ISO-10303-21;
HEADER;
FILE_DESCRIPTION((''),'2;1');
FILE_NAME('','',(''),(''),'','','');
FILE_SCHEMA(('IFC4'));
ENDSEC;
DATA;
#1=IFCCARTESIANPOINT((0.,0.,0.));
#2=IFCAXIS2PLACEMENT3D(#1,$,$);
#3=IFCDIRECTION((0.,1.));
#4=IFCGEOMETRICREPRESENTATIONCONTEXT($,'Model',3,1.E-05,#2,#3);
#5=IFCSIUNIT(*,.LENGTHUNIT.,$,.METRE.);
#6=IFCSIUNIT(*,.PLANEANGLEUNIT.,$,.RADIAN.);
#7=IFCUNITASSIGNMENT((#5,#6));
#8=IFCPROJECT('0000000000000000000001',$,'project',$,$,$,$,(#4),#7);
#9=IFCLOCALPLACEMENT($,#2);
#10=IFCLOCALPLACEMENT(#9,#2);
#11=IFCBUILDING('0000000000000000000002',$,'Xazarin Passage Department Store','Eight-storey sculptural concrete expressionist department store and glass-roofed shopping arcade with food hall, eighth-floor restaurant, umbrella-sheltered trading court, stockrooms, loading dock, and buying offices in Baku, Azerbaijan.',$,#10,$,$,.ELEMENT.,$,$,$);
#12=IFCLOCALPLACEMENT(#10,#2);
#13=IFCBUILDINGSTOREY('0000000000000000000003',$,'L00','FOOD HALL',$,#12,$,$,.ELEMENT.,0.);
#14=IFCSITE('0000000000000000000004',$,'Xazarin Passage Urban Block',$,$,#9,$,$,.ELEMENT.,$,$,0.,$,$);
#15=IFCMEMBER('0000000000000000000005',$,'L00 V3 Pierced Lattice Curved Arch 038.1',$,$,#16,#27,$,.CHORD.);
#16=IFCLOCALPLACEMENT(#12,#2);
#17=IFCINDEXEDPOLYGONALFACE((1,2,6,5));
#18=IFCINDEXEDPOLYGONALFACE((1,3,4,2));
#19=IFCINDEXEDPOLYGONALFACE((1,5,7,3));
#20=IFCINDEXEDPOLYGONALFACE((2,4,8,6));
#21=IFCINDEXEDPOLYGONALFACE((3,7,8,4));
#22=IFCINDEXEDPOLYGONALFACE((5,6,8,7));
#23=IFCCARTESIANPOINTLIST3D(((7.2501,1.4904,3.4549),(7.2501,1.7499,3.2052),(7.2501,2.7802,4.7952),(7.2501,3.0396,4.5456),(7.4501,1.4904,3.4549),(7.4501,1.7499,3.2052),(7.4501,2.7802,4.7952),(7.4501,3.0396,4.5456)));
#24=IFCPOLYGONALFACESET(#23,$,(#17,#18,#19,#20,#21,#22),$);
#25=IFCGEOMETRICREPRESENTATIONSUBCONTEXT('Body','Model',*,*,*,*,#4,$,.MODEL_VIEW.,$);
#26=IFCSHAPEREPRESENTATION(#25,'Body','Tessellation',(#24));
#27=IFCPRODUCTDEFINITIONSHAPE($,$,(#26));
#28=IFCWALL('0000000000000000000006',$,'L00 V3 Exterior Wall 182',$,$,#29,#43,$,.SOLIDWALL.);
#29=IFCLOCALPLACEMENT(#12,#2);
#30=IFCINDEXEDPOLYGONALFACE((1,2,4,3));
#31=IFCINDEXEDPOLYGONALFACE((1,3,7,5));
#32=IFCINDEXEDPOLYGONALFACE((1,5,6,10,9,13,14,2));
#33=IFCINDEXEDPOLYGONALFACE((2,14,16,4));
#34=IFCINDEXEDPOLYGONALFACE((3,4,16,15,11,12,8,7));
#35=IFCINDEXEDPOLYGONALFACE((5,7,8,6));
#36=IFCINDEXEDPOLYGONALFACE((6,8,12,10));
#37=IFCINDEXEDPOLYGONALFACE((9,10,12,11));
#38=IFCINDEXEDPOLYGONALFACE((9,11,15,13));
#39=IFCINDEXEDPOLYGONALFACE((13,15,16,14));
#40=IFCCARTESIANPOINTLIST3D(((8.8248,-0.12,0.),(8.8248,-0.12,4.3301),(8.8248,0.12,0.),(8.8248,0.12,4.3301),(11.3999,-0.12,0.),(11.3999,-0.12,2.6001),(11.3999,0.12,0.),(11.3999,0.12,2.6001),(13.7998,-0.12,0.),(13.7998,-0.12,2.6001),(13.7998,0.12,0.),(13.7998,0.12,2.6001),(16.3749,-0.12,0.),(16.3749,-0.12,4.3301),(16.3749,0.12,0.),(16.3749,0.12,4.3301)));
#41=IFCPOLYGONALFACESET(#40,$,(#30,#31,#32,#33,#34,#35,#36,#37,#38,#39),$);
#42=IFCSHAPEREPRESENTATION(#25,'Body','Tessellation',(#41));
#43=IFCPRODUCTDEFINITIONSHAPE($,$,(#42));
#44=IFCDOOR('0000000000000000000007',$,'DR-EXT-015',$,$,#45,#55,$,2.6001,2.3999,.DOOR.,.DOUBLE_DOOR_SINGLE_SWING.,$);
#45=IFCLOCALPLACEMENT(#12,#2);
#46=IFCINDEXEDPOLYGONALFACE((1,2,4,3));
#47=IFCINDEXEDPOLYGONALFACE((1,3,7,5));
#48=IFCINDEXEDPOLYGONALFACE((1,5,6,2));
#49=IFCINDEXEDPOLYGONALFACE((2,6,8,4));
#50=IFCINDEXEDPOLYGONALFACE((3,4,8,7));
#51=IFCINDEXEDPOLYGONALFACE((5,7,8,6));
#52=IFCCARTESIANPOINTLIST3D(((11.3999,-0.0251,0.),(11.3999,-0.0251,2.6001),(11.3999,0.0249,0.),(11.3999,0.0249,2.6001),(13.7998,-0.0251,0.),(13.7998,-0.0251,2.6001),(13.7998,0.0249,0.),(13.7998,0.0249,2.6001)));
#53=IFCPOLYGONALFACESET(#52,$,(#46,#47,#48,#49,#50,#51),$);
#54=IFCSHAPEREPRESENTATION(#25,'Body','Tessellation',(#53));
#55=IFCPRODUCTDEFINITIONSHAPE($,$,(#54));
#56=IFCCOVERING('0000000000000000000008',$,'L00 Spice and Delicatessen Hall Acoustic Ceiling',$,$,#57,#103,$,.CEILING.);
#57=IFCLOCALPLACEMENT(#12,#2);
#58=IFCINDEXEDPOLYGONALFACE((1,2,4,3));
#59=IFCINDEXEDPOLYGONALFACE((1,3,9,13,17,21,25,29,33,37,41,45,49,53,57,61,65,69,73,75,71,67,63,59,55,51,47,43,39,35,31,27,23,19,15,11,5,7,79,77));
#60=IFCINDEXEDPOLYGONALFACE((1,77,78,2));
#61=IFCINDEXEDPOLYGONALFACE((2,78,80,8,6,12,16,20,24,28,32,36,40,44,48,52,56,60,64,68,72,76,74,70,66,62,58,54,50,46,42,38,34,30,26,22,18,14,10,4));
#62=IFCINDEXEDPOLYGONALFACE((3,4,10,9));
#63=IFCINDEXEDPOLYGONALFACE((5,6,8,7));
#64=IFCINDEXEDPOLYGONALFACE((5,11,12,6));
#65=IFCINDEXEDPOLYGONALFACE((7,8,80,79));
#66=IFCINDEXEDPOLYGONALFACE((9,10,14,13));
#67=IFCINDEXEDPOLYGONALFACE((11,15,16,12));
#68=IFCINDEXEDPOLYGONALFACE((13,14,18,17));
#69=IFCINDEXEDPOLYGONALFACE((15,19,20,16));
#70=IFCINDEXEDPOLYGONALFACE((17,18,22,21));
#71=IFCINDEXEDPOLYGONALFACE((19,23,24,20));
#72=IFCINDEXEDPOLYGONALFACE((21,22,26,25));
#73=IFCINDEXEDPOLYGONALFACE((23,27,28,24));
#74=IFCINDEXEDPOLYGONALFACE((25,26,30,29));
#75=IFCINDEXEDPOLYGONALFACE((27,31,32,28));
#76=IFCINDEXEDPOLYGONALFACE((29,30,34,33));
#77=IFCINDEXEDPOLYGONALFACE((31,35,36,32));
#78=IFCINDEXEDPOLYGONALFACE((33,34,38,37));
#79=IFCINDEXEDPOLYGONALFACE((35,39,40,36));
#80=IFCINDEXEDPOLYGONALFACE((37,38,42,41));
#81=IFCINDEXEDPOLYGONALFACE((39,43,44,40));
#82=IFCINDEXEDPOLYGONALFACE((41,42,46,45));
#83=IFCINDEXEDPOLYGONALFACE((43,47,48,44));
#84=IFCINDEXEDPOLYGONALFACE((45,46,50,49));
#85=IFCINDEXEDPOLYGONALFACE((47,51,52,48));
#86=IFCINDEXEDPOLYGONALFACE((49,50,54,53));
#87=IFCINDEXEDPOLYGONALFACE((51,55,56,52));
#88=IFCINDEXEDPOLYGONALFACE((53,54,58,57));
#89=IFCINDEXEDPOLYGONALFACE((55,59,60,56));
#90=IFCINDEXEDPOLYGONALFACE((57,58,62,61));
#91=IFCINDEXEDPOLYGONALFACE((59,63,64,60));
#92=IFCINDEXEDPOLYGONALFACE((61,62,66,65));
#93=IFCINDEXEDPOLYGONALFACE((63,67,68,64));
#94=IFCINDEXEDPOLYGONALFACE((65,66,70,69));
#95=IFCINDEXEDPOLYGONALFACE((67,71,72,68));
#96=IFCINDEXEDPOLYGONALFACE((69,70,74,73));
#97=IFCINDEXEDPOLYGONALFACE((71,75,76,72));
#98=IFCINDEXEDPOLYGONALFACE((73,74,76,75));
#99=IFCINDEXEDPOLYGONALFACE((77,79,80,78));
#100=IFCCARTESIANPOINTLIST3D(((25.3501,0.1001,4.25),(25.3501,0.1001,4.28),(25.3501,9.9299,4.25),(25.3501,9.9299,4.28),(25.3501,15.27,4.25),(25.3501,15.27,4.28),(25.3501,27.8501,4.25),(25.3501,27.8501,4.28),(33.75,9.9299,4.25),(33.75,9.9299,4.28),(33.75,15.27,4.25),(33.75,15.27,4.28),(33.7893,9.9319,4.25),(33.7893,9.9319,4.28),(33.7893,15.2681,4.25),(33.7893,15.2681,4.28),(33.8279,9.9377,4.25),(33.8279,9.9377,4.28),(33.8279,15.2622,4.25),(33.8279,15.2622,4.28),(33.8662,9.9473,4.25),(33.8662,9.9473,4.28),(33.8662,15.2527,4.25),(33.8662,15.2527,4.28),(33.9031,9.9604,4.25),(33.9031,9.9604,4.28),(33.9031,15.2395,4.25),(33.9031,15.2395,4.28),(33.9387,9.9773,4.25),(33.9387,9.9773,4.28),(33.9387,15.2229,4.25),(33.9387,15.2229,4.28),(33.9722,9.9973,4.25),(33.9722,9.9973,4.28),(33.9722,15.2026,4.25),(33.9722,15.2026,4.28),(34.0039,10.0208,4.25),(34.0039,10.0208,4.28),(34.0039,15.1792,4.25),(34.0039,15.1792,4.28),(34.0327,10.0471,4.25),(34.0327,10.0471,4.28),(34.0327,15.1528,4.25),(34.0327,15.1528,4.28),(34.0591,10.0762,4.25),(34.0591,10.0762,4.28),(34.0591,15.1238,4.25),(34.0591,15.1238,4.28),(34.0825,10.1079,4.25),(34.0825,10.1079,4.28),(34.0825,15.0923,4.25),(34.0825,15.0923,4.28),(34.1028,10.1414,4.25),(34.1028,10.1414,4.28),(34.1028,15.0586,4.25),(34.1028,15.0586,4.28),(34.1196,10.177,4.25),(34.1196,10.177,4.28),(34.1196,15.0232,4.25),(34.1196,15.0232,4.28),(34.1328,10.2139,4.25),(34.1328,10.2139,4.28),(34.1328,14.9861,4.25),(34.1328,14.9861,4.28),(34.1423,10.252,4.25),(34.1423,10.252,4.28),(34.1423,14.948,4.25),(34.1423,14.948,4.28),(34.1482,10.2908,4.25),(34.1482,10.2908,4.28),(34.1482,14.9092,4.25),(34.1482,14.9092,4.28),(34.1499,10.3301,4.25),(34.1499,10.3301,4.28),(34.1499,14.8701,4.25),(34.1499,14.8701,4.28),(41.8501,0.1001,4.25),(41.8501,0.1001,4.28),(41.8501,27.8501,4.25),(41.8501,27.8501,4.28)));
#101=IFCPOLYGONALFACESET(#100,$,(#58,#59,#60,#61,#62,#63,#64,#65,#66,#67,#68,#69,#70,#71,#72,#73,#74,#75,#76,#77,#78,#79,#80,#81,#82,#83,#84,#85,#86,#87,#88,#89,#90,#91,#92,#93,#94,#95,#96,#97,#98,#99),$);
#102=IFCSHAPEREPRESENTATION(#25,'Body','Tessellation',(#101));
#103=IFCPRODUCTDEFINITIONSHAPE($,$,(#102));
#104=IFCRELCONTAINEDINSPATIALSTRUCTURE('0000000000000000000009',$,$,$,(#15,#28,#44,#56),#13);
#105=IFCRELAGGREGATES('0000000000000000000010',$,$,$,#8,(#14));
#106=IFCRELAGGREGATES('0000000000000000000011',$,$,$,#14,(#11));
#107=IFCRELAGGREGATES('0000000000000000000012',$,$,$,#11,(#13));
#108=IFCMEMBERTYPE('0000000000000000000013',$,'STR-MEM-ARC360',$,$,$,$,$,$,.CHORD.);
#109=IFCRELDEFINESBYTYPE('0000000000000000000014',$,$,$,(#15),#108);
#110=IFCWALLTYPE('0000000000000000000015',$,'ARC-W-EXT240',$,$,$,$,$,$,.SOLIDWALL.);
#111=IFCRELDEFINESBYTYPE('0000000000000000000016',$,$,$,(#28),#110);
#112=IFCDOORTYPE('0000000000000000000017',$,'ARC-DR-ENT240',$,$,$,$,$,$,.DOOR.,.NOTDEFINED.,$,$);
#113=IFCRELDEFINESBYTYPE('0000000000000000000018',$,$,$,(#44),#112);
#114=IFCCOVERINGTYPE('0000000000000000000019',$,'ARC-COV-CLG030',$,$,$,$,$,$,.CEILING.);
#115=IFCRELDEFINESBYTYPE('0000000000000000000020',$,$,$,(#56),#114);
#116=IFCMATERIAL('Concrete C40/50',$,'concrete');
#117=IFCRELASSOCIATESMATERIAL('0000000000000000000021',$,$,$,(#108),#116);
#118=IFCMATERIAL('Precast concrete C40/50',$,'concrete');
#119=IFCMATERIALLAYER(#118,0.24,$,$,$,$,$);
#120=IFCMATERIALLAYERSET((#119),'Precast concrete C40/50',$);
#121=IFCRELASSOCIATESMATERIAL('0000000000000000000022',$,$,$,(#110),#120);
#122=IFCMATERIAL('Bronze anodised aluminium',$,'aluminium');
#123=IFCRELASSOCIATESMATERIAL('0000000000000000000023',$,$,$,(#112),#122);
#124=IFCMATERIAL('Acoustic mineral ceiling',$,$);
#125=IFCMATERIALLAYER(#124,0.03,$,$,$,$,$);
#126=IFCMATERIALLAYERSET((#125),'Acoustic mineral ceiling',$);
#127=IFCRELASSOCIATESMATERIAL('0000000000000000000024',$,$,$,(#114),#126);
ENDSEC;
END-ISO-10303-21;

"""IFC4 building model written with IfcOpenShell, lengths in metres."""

from ifc_helpers import new_model, si_unit, direction, frame, frame_2d, origin, origin_2d, place, context, subcontext, project, spatial, polyline, rectangle, outline, extrude, material, layer, layer_set, material_profile, profile_set, type_object, element, fill, save


model = new_model("IFC4")

# Units and contexts
model_context = context("Model", 3, precision=1e-05, world=origin(), true_north=direction((0.0, 1.0)))
body_context = subcontext(model_context, "Body", "Model", "MODEL_VIEW")
ifc_project = project(units=[si_unit("LENGTHUNIT", "METRE"), si_unit("PLANEANGLEUNIT", "RADIAN")], contexts=[model_context])

# Site, building, storey
site_placement = place(None, origin())
site = spatial("IfcSite", under=ifc_project, at=site_placement, Name="Xazarin Passage Urban Block", CompositionType="ELEMENT", RefElevation=0.0)
building_placement = place(site_placement, origin())
building = spatial("IfcBuilding", under=site, at=building_placement, Name="Xazarin Passage Department Store", Description="Eight-storey sculptural concrete expressionist department store and glass-roofed shopping arcade with food hall, eighth-floor restaurant, umbrella-sheltered trading court, stockrooms, loading dock, and buying offices in Baku, Azerbaijan.", CompositionType="ELEMENT")
storey_placement = place(building_placement, origin())
storey = spatial("IfcBuildingStorey", under=building, at=storey_placement, Name="L00", Description="FOOD HALL", CompositionType="ELEMENT", Elevation=0.0)

# Shared definitions
ifc_material_1 = material(Name="Concrete C40/50", Category="concrete")

# Member
ifc_material_profile_1 = material_profile(ifc_material_1, rectangle(XDim=0.2, YDim=0.3601, at=origin_2d()), Name="RC 200x360")
ifc_profile_set_1 = profile_set([ifc_material_profile_1], Name="Concrete C40/50")
member_type = type_object("IfcMemberType", Name="STR-MEM-ARC360", PredefinedType="CHORD", material=ifc_profile_set_1)
member_placement = place(storey_placement, frame((7.3501, 1.6201, 3.3301), z_axis=(0.0, 0.693392, 0.720561), x_axis=(-1.0, 0.0, 0.0)))
element("IfcMember", 1, at=member_placement, inside=storey, type_object=member_type, Name="L00 V3 Pierced Lattice Curved Arch 038.1", PredefinedType="CHORD", context=body_context, shape_type="SweptSolid", body=[
    extrude(rectangle(XDim=0.2, YDim=0.3601, at=origin_2d()), origin(), (0.0, 0.0, 1.0), 1.8601),
])

# Wall, opening, door
ifc_material_2 = material(Name="Precast concrete C40/50", Category="concrete")
ifc_layer_1 = layer(ifc_material_2, 0.24)
ifc_layer_set_1 = layer_set([ifc_layer_1], Name="Precast concrete C40/50")
wall_type_1 = type_object("IfcWallType", Name="ARC-W-EXT240", PredefinedType="SOLIDWALL", material=ifc_layer_set_1)
wall_1_placement = place(storey_placement, frame((8.825, 0.0, 0.0), z_axis=(0.0, 0.0, 1.0), x_axis=(1.0, 0.0, 0.0)))
wall_1 = element("IfcWall", 2, at=wall_1_placement, inside=storey, type_object=wall_type_1, Name="L00 V3 Exterior Wall 182", PredefinedType="SOLIDWALL", context=body_context, shape_type="SweptSolid", body=[
    extrude(rectangle(XDim=7.55, YDim=0.24, at=frame_2d((3.7749, 0.0))), origin(), (0.0, 0.0, 1.0), 4.3301),
])
opening_1_placement = place(wall_1_placement, frame((2.575, 0.0, 0.0)))
opening_1 = element("IfcOpeningElement", 3, at=opening_1_placement, cuts=wall_1, PredefinedType="OPENING", context=body_context, shape_type="SweptSolid", body=[
    extrude(rectangle(XDim=2.3999, YDim=2.6001, at=frame_2d((1.2, 1.3))), frame((0.0, 0.1299, 0.0), z_axis=(0.0, -1.0, 0.0), x_axis=(1.0, 0.0, 0.0)), (0.0, 0.0, 1.0), 0.26),
])
ifc_material_3 = material(Name="Bronze anodised aluminium", Category="aluminium")
door_type_1 = type_object("IfcDoorType", Name="ARC-DR-ENT240", OperationType="NOTDEFINED", PredefinedType="DOOR", material=ifc_material_3)
door_1_placement = place(opening_1_placement, origin())
door_1 = element("IfcDoor", 4, at=door_1_placement, inside=storey, type_object=door_type_1, Name="DR-EXT-015", OperationType="DOUBLE_DOOR_SINGLE_SWING", OverallHeight=2.6001, OverallWidth=2.3999, PredefinedType="DOOR", context=body_context, shape_type="SweptSolid", body=[
    extrude(rectangle(XDim=2.3999, YDim=2.6001, at=frame_2d((1.2, 1.3))), frame((0.0, 0.0249, 0.0), z_axis=(0.0, -1.0, 0.0), x_axis=(1.0, 0.0, 0.0)), (0.0, 0.0, 1.0), 0.05),
])
fill(opening_1, door_1)

# Covering
ifc_material_4 = material(Name="Acoustic mineral ceiling")
ifc_layer_2 = layer(ifc_material_4, 0.03)
ifc_layer_set_2 = layer_set([ifc_layer_2], Name="Acoustic mineral ceiling")
covering_type_1 = type_object("IfcCoveringType", Name="ARC-COV-CLG030", PredefinedType="CEILING", material=ifc_layer_set_2)
covering_1_placement = place(storey_placement, frame((0.0, 0.0, 4.25)))
element("IfcCovering", 5, at=covering_1_placement, inside=storey, type_object=covering_type_1, Name="L00 Spice and Delicatessen Hall Acoustic Ceiling", PredefinedType="CEILING", context=body_context, shape_type="SweptSolid", body=[
    extrude(outline(polyline([(25.3501, 15.27), (33.75, 15.27), (33.7893, 15.2681), (33.8279, 15.2622), (33.8662, 15.2527), (33.9031, 15.2395), (33.9387, 15.2229), (33.9722, 15.2026), (34.0039, 15.1792), (34.0327, 15.1528), (34.0591, 15.1238), (34.0825, 15.0923), (34.1028, 15.0586), (34.1196, 15.0232), (34.1328, 14.9861), (34.1423, 14.948), (34.1482, 14.9092), (34.1499, 14.8701), (34.1499, 10.3301), (34.1482, 10.2908), (34.1423, 10.252), (34.1328, 10.2139), (34.1196, 10.177), (34.1028, 10.1414), (34.0825, 10.1079), (34.0591, 10.0762), (34.0327, 10.0471), (34.0039, 10.0208), (33.9722, 9.9973), (33.9387, 9.9773), (33.9031, 9.9604), (33.8662, 9.9473), (33.8279, 9.9377), (33.7893, 9.9319), (33.75, 9.9299), (25.3501, 9.9299), (25.3501, 0.1001), (41.8501, 0.1001), (41.8501, 27.8501), (25.3501, 27.8501), (25.3501, 15.27)])), origin(), (0.0, 0.0, 1.0), 0.03),
])

save(model, "model.ifc")
